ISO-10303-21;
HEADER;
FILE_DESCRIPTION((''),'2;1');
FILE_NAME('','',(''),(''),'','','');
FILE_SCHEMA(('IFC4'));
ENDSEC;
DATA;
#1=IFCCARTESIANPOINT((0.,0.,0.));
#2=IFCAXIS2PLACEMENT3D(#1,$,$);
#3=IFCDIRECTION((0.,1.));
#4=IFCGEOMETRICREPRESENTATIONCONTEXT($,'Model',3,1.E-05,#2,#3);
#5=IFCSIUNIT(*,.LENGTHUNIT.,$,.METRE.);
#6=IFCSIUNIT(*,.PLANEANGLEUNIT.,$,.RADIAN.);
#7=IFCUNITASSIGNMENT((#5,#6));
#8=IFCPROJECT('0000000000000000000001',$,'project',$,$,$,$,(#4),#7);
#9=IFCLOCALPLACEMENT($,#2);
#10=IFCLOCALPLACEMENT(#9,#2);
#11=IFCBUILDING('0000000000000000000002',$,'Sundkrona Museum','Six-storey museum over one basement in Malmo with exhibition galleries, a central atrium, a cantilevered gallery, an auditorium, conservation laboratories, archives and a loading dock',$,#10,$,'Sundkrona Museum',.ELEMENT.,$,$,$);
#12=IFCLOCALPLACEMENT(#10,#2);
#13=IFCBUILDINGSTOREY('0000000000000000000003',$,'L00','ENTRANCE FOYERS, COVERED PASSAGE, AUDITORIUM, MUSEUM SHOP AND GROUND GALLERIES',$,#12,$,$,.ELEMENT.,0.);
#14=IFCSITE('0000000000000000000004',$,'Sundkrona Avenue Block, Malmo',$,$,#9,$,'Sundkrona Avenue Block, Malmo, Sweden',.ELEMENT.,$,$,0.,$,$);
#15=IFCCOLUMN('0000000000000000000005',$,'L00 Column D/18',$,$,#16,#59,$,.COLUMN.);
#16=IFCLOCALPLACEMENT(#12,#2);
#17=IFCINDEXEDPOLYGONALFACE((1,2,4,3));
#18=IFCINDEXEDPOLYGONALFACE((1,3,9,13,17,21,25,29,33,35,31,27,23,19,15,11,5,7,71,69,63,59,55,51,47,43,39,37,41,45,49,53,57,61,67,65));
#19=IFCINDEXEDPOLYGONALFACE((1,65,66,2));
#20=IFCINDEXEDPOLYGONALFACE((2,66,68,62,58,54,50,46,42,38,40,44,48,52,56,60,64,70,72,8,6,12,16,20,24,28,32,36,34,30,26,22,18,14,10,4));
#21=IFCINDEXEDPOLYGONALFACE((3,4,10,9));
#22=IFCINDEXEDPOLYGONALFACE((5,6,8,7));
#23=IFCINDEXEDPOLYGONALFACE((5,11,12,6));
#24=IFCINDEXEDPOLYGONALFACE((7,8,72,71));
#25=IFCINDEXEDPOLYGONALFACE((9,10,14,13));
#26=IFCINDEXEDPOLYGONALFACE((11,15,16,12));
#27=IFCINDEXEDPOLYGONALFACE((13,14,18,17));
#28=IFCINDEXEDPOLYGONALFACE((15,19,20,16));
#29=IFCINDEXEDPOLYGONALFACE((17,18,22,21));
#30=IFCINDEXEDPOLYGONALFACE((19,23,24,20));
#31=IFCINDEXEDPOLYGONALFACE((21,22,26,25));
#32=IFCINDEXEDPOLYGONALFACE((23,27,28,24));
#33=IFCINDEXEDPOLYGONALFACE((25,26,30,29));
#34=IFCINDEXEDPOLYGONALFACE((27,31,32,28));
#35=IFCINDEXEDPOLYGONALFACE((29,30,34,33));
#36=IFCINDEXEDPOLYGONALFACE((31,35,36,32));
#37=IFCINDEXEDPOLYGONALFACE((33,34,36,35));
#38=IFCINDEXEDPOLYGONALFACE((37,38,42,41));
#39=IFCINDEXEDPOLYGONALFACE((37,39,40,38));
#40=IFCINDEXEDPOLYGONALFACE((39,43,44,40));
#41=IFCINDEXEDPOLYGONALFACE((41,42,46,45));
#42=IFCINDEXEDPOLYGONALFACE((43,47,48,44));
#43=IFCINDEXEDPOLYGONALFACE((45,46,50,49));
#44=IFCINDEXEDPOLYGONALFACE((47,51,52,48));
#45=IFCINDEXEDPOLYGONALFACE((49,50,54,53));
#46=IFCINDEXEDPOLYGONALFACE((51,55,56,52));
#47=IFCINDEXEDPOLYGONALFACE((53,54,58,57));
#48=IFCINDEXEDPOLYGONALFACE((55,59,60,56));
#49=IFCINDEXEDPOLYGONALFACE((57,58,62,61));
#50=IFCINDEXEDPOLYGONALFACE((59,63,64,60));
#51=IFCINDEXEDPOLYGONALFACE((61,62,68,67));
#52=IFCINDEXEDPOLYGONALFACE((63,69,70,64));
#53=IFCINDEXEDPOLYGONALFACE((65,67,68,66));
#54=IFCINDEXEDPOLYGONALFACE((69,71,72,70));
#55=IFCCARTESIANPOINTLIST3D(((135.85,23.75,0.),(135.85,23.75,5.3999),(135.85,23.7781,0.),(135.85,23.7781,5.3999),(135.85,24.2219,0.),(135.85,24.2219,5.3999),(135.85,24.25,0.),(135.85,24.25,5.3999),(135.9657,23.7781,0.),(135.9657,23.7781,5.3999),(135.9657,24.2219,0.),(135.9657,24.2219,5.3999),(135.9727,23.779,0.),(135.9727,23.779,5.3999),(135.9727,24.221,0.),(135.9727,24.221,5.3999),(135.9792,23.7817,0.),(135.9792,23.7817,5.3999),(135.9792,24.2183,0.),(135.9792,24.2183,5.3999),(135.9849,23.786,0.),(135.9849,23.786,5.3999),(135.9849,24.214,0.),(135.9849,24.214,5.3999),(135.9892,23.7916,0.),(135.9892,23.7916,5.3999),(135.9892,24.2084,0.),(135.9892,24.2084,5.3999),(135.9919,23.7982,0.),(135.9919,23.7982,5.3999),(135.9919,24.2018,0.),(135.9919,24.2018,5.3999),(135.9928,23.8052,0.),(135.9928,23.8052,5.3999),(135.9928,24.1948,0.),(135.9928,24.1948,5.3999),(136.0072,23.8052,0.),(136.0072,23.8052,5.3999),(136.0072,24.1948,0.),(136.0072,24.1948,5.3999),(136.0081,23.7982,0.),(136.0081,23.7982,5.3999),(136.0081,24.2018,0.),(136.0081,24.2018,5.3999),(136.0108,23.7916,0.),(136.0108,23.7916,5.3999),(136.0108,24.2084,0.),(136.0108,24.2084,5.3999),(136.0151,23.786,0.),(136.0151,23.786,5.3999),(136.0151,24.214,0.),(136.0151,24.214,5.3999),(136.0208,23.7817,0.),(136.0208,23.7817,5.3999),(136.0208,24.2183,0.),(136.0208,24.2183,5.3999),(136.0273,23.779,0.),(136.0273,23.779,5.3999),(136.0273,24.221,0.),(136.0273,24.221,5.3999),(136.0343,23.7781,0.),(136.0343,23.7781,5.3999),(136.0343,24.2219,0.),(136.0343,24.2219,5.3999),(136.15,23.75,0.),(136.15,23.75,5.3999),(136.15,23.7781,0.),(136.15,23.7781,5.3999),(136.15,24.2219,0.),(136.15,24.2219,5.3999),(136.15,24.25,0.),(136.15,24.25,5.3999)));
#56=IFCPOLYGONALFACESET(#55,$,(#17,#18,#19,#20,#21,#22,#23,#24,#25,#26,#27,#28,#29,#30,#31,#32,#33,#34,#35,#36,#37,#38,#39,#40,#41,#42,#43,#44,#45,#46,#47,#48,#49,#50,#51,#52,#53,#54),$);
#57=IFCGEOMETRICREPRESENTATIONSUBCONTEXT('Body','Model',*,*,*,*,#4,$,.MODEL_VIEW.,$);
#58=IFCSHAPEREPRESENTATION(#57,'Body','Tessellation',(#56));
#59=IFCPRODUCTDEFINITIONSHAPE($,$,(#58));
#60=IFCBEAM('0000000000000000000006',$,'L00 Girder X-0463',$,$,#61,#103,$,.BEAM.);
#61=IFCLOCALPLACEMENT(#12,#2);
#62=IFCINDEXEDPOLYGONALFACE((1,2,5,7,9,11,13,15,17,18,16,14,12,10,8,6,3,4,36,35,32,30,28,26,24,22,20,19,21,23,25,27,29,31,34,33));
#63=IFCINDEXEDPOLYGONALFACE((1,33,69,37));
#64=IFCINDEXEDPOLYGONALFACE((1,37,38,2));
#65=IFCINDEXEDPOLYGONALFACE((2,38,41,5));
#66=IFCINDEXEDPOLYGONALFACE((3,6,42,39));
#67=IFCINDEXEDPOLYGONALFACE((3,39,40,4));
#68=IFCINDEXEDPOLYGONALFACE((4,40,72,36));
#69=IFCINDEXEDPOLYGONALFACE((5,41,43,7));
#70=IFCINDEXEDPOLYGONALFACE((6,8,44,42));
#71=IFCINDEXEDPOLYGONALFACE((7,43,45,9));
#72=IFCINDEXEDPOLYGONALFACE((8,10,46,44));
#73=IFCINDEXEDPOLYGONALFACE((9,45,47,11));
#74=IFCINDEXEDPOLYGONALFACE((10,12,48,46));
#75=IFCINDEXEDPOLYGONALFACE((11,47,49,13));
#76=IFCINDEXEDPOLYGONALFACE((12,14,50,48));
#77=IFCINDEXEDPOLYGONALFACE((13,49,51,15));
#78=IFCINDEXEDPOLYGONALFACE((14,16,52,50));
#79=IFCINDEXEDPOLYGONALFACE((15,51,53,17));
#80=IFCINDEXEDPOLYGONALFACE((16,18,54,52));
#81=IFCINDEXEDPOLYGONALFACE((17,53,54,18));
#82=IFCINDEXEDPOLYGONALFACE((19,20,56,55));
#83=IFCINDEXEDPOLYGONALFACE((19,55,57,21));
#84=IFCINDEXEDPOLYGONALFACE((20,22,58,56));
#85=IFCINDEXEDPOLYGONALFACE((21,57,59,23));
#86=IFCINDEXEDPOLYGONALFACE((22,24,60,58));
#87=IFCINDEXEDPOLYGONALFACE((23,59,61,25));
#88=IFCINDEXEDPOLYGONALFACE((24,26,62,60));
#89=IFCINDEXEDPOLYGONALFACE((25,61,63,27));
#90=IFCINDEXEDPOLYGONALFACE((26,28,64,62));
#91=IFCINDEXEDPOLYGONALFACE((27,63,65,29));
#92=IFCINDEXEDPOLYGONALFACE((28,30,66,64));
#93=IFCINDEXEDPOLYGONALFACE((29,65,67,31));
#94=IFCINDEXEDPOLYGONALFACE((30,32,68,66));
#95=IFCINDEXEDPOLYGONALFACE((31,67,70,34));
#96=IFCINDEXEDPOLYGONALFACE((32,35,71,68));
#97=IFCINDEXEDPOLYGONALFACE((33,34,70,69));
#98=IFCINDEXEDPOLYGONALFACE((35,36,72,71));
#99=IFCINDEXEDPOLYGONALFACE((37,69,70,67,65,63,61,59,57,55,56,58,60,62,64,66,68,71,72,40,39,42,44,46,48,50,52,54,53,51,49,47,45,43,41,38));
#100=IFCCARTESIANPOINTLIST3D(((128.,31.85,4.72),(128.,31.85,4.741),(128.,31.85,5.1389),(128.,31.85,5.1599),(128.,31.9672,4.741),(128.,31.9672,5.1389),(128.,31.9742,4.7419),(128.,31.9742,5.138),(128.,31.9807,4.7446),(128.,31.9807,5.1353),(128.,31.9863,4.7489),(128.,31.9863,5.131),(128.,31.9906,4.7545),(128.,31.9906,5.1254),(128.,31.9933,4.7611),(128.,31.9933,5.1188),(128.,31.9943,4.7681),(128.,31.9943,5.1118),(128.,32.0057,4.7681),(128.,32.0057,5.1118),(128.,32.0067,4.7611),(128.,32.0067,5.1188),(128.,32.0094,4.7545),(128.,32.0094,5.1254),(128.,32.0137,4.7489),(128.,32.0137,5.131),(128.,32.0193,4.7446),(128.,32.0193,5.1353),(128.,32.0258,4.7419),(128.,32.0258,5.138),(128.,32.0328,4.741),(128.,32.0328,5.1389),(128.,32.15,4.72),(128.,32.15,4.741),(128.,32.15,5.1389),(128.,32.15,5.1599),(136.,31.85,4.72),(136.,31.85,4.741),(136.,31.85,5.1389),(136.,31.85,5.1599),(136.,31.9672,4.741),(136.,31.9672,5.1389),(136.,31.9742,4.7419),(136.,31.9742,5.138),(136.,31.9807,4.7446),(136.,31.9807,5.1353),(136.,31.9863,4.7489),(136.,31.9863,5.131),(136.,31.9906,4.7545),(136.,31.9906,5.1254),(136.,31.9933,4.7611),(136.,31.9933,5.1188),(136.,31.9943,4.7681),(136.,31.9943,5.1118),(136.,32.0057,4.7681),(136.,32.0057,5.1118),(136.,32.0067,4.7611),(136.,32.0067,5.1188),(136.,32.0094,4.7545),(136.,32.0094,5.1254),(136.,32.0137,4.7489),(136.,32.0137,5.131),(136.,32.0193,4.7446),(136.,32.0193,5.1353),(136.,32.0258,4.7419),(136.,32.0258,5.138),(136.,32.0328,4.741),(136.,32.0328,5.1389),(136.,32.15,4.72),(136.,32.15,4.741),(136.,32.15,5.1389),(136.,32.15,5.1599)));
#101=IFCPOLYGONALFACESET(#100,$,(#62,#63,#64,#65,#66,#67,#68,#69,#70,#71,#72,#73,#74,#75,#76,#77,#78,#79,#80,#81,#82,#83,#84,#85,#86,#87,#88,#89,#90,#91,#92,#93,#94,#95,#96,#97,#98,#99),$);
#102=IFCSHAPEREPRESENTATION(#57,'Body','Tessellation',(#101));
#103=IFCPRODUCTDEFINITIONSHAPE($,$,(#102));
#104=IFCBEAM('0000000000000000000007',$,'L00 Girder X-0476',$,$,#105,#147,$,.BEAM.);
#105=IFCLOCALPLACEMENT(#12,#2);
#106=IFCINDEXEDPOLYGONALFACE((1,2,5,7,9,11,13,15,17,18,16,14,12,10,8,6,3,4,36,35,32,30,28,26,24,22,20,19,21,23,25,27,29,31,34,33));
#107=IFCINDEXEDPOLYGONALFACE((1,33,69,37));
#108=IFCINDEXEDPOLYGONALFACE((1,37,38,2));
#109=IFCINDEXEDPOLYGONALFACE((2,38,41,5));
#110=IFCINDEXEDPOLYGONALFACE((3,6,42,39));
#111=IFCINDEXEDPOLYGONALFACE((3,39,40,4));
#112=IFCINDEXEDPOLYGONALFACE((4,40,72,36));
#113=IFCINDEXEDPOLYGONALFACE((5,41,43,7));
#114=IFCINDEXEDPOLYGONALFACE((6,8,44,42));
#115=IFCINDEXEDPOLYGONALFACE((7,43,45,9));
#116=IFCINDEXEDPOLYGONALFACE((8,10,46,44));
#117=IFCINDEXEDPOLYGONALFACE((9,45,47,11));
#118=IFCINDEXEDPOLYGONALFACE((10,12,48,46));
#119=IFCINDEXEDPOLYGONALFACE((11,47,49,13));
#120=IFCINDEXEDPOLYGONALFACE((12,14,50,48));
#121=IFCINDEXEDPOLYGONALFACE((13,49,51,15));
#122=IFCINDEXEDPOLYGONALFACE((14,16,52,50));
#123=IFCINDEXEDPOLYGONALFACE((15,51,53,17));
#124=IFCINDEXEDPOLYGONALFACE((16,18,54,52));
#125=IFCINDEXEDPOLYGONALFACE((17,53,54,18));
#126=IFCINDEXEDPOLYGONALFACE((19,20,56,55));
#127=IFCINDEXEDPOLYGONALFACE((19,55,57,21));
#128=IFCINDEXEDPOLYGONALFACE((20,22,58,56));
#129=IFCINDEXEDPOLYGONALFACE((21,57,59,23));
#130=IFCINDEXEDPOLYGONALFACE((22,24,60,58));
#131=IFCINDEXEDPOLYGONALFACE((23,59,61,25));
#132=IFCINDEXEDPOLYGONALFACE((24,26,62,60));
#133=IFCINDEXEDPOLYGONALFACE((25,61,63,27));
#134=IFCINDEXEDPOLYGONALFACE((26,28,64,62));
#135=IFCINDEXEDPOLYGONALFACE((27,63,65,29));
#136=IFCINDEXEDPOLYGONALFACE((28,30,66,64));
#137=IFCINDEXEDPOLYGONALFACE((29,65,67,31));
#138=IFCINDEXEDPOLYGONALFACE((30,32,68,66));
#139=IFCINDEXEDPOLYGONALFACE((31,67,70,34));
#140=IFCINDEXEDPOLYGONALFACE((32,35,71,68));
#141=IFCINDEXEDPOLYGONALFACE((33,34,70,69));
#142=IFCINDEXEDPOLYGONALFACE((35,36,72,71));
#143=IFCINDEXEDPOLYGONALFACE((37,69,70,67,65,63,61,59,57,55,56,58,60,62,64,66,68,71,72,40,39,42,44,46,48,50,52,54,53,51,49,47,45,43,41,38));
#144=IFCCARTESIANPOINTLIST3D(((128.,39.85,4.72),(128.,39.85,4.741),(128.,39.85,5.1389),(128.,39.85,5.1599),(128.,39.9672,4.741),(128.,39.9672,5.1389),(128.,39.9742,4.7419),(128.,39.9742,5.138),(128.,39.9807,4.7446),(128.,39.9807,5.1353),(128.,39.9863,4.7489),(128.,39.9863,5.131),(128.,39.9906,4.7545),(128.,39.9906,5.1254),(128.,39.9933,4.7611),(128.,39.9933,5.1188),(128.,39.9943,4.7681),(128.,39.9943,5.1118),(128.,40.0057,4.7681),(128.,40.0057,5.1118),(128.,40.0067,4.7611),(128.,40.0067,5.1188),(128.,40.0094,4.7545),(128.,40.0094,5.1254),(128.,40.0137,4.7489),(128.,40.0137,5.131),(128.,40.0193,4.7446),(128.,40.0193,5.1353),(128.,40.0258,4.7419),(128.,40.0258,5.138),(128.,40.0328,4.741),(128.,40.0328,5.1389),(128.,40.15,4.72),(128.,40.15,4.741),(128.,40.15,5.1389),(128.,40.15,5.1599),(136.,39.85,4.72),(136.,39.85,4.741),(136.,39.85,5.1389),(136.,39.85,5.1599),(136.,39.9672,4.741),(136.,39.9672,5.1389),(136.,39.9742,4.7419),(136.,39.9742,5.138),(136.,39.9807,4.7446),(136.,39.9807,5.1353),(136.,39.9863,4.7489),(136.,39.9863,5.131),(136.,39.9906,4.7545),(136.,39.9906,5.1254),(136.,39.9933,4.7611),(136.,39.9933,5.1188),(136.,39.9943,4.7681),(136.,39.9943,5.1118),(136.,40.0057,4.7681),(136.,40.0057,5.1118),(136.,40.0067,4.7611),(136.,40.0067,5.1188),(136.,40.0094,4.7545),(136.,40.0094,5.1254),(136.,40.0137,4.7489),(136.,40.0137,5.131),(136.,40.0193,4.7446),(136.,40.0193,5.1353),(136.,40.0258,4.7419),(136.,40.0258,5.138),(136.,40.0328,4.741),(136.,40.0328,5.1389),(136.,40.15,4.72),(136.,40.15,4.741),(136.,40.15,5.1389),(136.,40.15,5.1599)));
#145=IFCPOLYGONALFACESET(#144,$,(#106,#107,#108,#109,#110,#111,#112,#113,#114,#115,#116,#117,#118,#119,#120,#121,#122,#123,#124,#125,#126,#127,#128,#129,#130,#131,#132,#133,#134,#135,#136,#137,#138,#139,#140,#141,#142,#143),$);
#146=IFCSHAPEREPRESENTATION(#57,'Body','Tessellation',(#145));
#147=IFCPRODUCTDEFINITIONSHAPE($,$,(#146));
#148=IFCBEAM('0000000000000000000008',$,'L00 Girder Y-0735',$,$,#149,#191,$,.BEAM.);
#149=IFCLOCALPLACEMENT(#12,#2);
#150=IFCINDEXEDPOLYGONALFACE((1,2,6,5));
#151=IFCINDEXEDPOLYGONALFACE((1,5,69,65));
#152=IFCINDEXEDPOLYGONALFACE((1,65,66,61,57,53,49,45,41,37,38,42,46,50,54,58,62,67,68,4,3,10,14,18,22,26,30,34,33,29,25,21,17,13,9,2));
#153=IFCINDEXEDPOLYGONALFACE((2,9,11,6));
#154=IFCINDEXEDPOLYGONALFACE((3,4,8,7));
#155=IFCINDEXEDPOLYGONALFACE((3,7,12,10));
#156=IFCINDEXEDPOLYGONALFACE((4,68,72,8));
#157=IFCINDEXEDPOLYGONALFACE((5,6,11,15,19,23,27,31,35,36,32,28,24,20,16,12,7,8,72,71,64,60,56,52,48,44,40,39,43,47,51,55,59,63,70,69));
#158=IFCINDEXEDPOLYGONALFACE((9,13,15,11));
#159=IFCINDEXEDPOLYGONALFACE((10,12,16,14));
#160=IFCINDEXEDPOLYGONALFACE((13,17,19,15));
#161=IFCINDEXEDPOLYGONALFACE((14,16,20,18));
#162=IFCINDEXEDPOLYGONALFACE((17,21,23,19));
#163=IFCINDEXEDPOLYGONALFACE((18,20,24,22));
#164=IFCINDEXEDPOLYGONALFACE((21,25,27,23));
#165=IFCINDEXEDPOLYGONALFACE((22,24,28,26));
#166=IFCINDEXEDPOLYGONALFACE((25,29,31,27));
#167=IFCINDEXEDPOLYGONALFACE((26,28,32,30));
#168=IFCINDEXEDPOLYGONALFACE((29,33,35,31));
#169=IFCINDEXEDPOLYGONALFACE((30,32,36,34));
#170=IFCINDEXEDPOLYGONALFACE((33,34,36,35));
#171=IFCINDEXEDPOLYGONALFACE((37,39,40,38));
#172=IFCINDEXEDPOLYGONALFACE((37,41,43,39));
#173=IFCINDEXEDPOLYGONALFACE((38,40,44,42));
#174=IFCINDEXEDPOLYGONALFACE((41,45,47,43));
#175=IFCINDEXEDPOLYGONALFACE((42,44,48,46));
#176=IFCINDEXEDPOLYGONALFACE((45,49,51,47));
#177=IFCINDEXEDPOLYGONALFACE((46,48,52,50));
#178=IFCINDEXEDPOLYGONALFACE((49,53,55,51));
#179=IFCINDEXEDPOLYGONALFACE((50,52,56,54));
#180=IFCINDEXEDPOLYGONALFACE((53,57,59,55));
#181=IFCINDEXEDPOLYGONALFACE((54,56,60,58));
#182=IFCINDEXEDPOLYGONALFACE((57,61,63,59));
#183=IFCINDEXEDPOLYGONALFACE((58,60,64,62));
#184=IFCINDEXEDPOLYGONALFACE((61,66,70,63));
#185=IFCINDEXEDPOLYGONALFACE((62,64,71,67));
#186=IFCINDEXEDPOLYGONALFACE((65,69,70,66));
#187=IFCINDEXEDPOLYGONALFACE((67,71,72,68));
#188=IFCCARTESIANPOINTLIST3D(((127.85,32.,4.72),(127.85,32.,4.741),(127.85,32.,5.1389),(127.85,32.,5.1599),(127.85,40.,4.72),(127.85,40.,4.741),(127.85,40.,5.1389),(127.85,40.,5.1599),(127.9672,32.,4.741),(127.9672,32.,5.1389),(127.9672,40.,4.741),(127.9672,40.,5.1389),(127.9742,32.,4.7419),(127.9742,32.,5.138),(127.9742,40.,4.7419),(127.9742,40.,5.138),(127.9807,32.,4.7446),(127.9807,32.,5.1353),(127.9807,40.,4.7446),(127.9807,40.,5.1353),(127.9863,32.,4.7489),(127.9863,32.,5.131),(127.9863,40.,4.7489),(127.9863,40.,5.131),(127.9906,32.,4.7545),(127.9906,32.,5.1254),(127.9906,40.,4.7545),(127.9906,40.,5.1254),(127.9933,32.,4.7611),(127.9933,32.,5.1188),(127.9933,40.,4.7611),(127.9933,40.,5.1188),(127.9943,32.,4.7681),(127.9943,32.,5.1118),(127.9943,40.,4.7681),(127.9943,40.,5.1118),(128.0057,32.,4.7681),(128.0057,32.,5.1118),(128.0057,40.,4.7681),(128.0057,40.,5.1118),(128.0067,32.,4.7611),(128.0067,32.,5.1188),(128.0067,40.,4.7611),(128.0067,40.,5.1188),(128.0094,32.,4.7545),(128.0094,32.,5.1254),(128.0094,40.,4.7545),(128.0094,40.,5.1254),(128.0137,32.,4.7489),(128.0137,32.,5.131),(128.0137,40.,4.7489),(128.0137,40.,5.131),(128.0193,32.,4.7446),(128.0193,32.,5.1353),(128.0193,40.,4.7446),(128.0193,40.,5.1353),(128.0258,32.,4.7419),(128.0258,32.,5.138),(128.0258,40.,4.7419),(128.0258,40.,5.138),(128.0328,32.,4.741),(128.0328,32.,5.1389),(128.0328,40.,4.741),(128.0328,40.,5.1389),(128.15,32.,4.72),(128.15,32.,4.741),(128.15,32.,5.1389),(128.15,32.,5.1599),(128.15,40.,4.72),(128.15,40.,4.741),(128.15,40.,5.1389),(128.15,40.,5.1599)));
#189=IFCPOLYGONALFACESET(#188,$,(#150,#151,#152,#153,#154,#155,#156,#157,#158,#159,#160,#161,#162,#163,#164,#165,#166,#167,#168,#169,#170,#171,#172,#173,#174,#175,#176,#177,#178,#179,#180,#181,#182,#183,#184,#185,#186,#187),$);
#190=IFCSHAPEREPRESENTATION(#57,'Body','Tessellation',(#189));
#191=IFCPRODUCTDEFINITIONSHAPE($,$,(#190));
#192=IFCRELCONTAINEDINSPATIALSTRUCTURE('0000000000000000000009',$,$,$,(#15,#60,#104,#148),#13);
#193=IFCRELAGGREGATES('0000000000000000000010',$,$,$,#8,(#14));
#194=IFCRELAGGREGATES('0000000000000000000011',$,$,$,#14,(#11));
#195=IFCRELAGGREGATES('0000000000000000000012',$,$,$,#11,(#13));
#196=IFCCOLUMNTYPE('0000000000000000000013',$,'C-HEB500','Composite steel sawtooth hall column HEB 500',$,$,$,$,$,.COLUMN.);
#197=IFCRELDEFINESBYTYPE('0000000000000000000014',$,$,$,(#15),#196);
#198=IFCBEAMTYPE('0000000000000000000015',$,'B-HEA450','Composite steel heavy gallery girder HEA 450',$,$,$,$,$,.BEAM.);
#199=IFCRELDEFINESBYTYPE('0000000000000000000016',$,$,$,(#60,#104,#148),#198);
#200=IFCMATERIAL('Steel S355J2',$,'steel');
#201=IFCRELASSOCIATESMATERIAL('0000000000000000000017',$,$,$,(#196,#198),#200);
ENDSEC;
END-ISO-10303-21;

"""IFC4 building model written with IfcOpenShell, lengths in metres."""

from ifc_helpers import new_model, si_unit, direction, frame, origin, origin_2d, place, context, subcontext, project, spatial, i_section, extrude, material, material_profile, profile_set, type_object, element, save


model = new_model("IFC4")

# Units and contexts
model_context = context("Model", 3, precision=1e-05, world=origin(), true_north=direction((0.0, 1.0)))
body_context = subcontext(model_context, "Body", "Model", "MODEL_VIEW")
ifc_project = project(units=[si_unit("LENGTHUNIT", "METRE"), si_unit("PLANEANGLEUNIT", "RADIAN")], contexts=[model_context])

# Site, building, storey
site_placement = place(None, origin())
site = spatial("IfcSite", under=ifc_project, at=site_placement, Name="Sundkrona Avenue Block, Malmo", LongName="Sundkrona Avenue Block, Malmo, Sweden", CompositionType="ELEMENT", RefElevation=0.0)
building_placement = place(site_placement, origin())
building = spatial("IfcBuilding", under=site, at=building_placement, Name="Sundkrona Museum", Description="Six-storey museum over one basement in Malmo with exhibition galleries, a central atrium, a cantilevered gallery, an auditorium, conservation laboratories, archives and a loading dock", LongName="Sundkrona Museum", CompositionType="ELEMENT")
storey_placement = place(building_placement, origin())
storey = spatial("IfcBuildingStorey", under=building, at=storey_placement, Name="L00", Description="ENTRANCE FOYERS, COVERED PASSAGE, AUDITORIUM, MUSEUM SHOP AND GROUND GALLERIES", CompositionType="ELEMENT", Elevation=0.0)

# Column
ifc_material_1 = material(Name="Steel S355J2", Category="steel")
ifc_material_profile_1 = material_profile(ifc_material_1, i_section(OverallWidth=0.3, OverallDepth=0.5, WebThickness=0.0144, FlangeThickness=0.0281, FilletRadius=0.0271, at=origin_2d()), Name="HEB 500")
ifc_profile_set_1 = profile_set([ifc_material_profile_1], Name="Steel S355J2")
column_type_1 = type_object("IfcColumnType", Name="C-HEB500", Description="Composite steel sawtooth hall column HEB 500", PredefinedType="COLUMN", material=ifc_profile_set_1)
for number, where, z_axis, x_axis, name in (
    (1, (136.0, 24.0, 0.0), (0.0, 0.0, 1.0), (1.0, 0.0, 0.0), "L00 Column D/18"),
):
    element("IfcColumn", number, at=place(storey_placement, frame(where, z_axis=z_axis, x_axis=x_axis)), inside=storey, type_object=column_type_1, Name=name, PredefinedType="COLUMN", context=body_context, shape_type="SweptSolid", body=[
        extrude(i_section(OverallWidth=0.3, OverallDepth=0.5, WebThickness=0.0144, FlangeThickness=0.0281, FilletRadius=0.0271, at=origin_2d()), origin(), (0.0, 0.0, 1.0), 5.3999),
    ])

# Beams
ifc_material_profile_2 = material_profile(ifc_material_1, i_section(OverallWidth=0.3, OverallDepth=0.4399, WebThickness=0.0115, FlangeThickness=0.021, FilletRadius=0.0271, at=origin_2d()), Name="HEA 450")
ifc_profile_set_2 = profile_set([ifc_material_profile_2], Name="Steel S355J2")
beam_type_1 = type_object("IfcBeamType", Name="B-HEA450", Description="Composite steel heavy gallery girder HEA 450", PredefinedType="BEAM", material=ifc_profile_set_2)
for number, where, z_axis, x_axis, name in (
    (2, (128.0, 32.0, 4.9399), (1.0, 0.0, 0.0), (0.0, 1.0, 0.0), "L00 Girder X-0463"),
    (3, (128.0, 40.0, 4.9399), (1.0, 0.0, 0.0), (0.0, 1.0, 0.0), "L00 Girder X-0476"),
    (4, (128.0, 32.0, 4.9399), (0.0, 1.0, 0.0), (-1.0, 0.0, 0.0), "L00 Girder Y-0735"),
):
    element("IfcBeam", number, at=place(storey_placement, frame(where, z_axis=z_axis, x_axis=x_axis)), inside=storey, type_object=beam_type_1, Name=name, PredefinedType="BEAM", context=body_context, shape_type="SweptSolid", body=[
        extrude(i_section(OverallWidth=0.3, OverallDepth=0.4399, WebThickness=0.0115, FlangeThickness=0.021, FilletRadius=0.0271, at=origin_2d()), origin(), (0.0, 0.0, 1.0), 8.0),
    ])

save(model, "model.ifc")
